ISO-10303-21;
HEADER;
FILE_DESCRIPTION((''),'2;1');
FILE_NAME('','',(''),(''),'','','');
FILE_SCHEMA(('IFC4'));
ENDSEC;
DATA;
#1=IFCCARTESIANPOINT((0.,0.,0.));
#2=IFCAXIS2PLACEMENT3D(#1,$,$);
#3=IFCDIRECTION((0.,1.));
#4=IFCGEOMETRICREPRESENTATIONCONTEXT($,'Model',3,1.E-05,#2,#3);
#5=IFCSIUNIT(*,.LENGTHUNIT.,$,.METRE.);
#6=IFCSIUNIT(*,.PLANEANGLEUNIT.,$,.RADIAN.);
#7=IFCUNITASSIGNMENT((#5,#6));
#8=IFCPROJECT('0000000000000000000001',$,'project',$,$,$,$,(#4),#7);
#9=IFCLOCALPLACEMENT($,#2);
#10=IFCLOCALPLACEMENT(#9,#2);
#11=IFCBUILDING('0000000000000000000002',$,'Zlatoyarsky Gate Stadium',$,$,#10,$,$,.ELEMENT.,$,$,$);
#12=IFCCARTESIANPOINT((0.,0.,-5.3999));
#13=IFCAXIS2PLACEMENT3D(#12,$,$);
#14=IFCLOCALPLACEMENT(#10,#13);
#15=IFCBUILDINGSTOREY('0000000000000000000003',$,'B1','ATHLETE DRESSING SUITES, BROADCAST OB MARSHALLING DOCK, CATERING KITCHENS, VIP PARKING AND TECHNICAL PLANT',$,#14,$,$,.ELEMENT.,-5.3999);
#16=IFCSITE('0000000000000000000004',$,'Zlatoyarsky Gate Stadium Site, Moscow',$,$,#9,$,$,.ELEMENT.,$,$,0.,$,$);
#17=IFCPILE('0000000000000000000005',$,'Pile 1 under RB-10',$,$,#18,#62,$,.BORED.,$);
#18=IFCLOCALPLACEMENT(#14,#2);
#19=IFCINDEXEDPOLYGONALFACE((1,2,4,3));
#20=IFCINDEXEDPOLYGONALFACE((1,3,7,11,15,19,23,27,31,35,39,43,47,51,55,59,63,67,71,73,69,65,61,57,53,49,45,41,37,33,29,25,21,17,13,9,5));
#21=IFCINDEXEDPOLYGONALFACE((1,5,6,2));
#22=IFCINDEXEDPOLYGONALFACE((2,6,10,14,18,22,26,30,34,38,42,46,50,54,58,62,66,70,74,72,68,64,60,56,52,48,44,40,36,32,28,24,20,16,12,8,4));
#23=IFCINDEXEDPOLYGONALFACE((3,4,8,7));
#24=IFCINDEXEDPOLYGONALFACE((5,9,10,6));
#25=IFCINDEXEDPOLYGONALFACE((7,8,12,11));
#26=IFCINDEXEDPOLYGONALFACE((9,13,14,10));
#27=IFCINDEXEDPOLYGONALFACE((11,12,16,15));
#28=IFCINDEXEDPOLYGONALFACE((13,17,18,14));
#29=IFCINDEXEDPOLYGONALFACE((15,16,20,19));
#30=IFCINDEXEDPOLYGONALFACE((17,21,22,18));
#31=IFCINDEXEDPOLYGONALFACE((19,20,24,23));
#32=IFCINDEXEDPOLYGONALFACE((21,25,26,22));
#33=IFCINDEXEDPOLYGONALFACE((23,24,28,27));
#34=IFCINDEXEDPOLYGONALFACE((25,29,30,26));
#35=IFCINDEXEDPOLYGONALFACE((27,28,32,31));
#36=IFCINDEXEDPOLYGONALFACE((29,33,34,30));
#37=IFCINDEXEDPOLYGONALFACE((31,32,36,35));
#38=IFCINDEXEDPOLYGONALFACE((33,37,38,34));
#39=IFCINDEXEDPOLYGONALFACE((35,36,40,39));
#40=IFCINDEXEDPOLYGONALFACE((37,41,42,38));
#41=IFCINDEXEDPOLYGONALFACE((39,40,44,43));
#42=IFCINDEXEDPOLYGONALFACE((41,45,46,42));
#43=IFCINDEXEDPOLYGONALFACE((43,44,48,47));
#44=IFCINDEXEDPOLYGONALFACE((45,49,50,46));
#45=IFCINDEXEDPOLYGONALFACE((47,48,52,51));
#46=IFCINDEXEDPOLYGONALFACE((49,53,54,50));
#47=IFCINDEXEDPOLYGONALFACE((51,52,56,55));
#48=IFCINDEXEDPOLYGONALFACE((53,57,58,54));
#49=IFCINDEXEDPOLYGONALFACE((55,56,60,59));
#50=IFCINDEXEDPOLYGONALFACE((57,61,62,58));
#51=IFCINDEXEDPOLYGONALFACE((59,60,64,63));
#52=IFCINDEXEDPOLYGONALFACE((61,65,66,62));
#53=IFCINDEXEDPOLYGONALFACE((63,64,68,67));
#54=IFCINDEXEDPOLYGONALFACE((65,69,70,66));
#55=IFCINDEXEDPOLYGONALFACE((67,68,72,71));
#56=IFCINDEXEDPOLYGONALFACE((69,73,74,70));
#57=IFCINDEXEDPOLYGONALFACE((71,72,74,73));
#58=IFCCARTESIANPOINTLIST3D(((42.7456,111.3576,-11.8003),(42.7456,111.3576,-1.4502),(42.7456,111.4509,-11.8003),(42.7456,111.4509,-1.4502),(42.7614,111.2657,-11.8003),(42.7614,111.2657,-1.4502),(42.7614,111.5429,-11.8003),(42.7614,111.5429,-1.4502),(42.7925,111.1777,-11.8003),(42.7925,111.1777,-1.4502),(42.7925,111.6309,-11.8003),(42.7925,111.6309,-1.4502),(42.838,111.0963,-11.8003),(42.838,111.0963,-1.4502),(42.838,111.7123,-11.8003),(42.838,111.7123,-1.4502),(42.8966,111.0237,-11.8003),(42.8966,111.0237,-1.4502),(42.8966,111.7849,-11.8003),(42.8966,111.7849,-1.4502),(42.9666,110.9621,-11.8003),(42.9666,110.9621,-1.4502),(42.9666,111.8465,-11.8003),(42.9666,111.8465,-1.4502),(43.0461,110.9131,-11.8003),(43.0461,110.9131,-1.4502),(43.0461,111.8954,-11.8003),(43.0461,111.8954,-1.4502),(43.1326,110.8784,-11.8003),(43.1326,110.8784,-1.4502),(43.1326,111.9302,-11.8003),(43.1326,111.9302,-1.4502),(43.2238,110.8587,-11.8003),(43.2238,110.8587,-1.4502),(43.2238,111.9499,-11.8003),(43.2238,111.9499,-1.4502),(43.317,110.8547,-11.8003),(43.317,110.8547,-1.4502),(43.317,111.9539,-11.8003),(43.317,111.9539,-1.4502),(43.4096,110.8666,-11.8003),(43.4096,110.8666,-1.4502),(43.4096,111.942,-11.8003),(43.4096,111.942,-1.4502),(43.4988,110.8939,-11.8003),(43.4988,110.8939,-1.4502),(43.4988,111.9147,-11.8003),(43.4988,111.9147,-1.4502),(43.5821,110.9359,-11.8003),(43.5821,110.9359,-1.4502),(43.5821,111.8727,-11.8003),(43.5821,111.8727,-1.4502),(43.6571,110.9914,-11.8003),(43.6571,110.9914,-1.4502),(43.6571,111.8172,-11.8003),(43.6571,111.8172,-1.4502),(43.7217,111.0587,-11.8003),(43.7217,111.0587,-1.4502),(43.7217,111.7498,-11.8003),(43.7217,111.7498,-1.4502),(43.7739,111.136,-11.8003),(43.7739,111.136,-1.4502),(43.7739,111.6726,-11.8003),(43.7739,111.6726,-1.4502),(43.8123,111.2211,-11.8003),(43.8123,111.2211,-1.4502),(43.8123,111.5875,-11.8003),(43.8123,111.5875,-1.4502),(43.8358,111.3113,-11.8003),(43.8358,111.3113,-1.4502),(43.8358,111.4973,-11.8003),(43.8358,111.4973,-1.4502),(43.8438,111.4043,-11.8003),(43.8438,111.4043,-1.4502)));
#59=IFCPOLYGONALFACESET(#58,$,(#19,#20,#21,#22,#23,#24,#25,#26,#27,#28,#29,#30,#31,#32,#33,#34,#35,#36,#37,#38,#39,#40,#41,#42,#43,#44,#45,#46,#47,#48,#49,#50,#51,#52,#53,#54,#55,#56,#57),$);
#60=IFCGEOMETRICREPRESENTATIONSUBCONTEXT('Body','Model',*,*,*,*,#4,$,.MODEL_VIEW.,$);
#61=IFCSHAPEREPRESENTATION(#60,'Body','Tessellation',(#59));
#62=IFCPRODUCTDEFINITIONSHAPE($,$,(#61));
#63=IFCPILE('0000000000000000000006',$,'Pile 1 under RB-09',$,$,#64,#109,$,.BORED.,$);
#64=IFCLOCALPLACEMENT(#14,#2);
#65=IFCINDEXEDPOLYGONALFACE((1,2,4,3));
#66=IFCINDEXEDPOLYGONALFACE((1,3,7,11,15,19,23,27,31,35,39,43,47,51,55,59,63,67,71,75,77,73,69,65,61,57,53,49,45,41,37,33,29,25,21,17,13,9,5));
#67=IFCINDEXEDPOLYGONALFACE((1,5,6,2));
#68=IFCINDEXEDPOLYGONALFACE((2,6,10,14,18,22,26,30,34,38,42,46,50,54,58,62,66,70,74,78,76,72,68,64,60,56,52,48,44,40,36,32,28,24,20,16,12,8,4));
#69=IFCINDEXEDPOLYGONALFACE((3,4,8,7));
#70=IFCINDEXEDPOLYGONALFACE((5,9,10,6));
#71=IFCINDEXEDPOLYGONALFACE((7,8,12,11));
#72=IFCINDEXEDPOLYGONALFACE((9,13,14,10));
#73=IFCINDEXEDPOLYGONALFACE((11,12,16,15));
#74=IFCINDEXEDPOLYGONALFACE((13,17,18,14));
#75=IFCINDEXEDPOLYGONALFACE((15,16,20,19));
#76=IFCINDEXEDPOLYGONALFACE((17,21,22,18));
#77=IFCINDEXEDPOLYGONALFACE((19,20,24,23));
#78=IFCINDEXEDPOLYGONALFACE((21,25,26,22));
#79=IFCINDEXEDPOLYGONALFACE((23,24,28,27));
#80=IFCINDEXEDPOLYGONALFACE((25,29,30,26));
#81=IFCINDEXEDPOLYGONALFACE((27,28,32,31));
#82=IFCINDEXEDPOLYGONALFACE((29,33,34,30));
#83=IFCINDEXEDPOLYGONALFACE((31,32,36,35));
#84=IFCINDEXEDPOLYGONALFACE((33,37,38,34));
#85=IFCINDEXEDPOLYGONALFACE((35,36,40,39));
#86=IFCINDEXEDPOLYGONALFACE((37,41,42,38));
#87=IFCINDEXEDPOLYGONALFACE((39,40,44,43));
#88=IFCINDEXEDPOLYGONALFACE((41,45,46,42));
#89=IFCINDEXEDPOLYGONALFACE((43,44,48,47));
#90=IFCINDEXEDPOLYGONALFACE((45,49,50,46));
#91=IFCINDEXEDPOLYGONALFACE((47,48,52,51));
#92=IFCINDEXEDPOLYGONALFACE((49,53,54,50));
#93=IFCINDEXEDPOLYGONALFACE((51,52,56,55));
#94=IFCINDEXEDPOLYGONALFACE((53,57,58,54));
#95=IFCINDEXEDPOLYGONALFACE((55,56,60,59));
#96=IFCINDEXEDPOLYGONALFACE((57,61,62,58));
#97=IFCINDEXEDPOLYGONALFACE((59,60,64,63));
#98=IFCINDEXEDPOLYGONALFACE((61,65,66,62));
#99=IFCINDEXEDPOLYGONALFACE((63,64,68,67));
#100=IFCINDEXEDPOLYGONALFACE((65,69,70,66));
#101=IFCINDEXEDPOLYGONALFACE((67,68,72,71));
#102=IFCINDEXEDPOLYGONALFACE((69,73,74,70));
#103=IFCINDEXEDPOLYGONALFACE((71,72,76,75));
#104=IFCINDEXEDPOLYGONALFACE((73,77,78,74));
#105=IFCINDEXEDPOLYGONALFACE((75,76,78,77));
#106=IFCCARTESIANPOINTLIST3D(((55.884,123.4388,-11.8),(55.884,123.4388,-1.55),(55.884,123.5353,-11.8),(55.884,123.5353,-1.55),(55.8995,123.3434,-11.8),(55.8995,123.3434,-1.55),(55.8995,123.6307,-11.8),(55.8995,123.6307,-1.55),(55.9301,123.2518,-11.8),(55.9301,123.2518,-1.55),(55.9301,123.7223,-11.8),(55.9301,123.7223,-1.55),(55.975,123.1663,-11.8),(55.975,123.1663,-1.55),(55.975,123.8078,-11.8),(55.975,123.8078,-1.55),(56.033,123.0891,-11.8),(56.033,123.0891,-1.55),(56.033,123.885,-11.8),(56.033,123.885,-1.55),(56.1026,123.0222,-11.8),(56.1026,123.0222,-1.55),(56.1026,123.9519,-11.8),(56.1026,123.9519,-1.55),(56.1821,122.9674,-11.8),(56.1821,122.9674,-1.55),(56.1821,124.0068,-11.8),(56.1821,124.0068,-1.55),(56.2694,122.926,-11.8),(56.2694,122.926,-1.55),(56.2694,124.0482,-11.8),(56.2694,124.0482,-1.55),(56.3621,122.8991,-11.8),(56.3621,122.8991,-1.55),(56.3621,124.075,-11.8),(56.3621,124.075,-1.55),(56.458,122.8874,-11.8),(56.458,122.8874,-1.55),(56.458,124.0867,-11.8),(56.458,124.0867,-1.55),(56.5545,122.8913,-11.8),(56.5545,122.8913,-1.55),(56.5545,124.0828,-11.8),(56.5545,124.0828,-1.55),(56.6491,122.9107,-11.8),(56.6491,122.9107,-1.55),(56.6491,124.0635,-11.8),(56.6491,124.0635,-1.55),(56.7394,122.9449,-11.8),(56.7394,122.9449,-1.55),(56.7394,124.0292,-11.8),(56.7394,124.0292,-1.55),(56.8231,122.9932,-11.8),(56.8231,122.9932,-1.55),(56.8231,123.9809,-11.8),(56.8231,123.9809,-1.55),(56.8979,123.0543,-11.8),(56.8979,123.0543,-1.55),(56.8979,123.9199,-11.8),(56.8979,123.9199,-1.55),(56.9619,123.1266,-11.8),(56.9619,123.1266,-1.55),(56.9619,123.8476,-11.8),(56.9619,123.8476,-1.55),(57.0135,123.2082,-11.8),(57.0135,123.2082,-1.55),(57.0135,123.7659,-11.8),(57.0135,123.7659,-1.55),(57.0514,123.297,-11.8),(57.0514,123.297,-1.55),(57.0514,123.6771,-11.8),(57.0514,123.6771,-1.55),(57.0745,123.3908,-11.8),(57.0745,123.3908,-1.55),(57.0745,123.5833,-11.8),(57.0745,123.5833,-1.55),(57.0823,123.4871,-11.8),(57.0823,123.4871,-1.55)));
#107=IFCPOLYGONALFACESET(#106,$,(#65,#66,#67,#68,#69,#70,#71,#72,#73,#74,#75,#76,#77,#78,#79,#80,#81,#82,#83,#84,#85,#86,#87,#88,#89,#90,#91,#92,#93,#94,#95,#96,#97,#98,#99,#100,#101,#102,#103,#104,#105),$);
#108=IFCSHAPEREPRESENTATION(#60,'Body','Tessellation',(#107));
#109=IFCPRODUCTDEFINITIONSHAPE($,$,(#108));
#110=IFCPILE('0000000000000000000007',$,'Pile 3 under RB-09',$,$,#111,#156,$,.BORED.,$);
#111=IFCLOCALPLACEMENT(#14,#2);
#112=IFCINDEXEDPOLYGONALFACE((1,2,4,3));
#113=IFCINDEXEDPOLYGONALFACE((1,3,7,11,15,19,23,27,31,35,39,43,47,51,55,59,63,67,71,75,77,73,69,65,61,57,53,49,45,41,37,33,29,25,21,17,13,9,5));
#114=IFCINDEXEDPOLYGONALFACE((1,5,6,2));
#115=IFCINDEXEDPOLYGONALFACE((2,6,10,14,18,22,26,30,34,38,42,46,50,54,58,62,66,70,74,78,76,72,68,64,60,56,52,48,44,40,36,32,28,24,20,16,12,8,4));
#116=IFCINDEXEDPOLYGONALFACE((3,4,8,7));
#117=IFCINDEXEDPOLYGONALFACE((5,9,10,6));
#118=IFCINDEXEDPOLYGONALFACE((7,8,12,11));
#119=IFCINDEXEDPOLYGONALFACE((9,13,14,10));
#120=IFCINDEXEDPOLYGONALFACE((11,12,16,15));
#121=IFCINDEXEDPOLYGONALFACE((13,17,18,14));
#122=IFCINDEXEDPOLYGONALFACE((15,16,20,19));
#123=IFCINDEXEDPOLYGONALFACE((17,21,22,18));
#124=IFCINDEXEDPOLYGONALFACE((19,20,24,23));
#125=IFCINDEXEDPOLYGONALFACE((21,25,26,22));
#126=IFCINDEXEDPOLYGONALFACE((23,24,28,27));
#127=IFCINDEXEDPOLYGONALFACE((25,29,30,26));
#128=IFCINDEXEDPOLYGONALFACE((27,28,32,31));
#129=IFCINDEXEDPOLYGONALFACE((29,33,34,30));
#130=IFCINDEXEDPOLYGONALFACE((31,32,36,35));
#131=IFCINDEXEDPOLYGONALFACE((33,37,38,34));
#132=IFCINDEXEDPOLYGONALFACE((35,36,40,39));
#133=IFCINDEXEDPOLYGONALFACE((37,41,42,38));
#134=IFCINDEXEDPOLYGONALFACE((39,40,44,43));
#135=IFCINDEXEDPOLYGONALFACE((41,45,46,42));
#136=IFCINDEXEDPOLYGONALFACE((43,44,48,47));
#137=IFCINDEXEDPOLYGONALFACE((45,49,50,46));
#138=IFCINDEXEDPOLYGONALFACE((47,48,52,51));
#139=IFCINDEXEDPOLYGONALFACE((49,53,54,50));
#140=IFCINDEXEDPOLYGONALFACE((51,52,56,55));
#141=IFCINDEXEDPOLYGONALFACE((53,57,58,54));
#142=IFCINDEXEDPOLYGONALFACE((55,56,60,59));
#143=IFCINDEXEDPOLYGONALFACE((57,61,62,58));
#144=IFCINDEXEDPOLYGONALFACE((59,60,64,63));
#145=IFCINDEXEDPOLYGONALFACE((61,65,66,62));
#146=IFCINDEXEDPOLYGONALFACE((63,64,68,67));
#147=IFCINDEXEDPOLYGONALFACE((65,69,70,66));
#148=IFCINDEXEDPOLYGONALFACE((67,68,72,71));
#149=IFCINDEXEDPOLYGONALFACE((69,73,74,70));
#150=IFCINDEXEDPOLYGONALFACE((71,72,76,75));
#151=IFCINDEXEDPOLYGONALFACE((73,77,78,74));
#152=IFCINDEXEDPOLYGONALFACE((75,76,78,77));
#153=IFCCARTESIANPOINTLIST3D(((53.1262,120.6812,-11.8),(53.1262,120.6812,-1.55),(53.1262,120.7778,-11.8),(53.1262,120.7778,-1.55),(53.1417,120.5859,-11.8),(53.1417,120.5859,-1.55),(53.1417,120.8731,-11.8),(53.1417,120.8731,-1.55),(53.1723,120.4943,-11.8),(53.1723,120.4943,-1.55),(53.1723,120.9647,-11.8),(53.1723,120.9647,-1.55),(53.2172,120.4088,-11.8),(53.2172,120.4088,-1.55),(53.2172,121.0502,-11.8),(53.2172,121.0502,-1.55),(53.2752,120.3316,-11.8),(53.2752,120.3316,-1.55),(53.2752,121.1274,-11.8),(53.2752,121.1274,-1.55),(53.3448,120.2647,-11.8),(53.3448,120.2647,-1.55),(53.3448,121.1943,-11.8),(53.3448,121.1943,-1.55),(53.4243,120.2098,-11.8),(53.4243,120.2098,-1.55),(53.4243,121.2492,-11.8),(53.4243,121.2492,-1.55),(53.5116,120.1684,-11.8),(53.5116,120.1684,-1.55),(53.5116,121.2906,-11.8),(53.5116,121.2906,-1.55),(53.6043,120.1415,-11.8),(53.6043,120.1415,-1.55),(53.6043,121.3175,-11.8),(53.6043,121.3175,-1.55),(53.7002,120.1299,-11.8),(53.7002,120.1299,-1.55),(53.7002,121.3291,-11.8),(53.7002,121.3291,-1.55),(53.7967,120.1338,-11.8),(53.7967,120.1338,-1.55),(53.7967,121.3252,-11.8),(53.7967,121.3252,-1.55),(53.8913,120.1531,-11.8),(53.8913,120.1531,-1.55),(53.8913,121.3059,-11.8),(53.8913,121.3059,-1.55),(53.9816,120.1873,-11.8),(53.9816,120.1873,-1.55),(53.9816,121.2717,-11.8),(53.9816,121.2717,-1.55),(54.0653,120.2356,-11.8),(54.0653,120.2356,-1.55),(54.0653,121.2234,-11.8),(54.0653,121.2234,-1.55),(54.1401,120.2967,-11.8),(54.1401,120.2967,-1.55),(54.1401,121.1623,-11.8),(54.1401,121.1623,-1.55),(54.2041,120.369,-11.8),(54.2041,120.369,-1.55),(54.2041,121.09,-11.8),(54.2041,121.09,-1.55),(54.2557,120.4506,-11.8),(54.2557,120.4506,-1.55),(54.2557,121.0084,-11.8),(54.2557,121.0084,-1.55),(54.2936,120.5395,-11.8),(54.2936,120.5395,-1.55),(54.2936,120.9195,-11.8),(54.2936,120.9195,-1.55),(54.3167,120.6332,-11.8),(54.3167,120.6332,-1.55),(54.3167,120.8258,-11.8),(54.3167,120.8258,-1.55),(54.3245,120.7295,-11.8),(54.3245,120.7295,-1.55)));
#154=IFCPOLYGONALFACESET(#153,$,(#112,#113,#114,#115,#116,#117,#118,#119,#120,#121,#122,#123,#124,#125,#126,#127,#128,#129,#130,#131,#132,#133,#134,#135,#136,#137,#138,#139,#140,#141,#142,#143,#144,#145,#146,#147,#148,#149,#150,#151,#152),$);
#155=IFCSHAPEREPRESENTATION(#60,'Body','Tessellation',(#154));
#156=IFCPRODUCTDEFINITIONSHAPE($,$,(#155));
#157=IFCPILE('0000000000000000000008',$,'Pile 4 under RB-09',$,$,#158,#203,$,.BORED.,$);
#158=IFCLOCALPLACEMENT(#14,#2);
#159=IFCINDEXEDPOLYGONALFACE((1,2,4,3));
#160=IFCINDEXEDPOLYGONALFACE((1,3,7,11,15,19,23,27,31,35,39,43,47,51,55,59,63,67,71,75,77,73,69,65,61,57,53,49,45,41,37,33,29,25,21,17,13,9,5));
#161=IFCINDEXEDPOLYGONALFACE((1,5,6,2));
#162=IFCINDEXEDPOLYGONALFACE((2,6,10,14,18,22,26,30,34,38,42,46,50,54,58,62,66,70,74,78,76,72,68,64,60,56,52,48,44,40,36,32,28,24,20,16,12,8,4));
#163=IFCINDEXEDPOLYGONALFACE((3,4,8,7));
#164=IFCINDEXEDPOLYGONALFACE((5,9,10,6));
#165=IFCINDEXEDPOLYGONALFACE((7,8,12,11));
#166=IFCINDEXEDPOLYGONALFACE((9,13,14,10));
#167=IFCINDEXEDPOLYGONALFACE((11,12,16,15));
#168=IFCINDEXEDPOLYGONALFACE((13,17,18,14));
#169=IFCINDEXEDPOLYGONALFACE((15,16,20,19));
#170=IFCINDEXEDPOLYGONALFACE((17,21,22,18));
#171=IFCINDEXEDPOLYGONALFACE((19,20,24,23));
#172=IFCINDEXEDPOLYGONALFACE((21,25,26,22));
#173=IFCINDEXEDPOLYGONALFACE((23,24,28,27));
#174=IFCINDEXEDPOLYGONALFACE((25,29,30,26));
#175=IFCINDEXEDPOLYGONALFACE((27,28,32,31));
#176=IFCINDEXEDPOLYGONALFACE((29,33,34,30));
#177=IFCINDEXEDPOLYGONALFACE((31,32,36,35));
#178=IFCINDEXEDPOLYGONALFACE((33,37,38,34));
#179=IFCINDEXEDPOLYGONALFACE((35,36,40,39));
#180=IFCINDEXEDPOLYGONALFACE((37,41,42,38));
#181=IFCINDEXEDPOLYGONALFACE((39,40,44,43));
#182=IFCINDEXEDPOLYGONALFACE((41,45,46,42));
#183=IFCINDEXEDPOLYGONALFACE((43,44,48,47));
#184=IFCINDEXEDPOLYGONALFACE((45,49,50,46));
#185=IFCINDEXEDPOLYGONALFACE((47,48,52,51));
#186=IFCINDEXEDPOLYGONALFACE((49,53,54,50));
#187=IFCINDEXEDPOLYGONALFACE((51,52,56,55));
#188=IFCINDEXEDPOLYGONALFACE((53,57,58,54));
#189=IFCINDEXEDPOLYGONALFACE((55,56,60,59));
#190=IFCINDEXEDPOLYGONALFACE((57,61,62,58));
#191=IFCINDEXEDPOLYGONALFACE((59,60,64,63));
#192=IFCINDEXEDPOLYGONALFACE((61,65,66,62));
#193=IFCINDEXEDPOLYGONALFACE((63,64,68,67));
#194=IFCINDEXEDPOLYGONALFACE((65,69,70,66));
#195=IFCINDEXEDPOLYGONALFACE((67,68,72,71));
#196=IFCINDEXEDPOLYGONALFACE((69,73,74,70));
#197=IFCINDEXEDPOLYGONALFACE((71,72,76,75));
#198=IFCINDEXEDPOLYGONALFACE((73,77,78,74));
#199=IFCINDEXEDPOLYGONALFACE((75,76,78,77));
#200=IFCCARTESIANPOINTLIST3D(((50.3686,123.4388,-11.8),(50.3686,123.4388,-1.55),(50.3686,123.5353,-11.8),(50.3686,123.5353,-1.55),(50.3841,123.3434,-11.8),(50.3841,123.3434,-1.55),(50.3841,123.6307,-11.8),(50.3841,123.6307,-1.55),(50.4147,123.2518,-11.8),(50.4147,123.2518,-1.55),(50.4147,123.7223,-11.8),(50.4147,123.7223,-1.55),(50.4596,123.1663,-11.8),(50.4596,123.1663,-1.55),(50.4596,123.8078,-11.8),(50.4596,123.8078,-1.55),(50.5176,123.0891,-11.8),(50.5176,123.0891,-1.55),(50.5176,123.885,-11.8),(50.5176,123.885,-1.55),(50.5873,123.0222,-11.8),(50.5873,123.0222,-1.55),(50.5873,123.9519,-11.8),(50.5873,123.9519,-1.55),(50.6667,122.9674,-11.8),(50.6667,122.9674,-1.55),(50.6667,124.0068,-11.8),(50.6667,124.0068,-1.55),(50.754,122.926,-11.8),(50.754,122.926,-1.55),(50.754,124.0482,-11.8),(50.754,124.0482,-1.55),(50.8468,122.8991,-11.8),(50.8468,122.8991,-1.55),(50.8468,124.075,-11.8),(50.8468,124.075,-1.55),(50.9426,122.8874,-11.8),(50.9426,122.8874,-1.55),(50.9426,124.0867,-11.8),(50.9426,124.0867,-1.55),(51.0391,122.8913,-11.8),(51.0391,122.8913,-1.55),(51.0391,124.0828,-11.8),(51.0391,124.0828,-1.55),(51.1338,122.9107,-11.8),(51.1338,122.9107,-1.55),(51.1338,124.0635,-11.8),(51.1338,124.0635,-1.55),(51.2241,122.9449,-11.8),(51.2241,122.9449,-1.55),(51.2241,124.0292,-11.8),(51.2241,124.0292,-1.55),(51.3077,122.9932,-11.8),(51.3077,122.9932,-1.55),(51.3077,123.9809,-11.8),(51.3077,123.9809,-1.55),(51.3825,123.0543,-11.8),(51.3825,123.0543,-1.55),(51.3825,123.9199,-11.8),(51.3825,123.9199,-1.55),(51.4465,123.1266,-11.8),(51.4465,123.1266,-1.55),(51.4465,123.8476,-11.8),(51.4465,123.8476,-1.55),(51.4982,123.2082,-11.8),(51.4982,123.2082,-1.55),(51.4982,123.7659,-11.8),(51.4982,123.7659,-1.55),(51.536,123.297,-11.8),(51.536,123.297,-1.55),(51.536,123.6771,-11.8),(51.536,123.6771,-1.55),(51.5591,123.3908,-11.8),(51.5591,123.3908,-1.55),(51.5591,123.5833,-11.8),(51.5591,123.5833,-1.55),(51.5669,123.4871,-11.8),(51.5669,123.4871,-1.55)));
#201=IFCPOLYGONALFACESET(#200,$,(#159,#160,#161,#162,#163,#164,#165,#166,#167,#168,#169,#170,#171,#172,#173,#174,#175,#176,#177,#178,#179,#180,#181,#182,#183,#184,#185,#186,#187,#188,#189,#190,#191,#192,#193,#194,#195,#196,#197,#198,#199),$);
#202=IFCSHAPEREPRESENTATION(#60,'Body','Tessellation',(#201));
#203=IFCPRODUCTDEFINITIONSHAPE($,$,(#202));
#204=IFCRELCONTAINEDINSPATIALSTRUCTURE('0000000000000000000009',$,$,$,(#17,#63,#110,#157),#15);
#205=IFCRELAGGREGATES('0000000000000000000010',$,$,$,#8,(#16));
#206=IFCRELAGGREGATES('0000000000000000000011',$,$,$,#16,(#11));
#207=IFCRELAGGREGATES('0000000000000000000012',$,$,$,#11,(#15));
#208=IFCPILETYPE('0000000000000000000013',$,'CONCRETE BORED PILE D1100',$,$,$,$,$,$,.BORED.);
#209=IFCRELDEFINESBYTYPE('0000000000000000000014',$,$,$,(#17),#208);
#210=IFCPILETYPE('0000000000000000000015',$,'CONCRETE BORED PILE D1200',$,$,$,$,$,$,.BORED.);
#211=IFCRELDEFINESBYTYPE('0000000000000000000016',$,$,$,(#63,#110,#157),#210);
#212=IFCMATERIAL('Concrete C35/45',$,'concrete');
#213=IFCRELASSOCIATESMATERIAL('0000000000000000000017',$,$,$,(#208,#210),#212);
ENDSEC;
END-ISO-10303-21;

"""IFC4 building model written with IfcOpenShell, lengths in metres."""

from ifc_helpers import new_model, si_unit, direction, frame, origin, origin_2d, place, context, subcontext, project, spatial, circle, extrude, material, material_profile, profile_set, type_object, element, save


model = new_model("IFC4")

# Units and contexts
model_context = context("Model", 3, precision=1e-05, world=origin(), true_north=direction((0.0, 1.0)))
body_context = subcontext(model_context, "Body", "Model", "MODEL_VIEW")
ifc_project = project(units=[si_unit("LENGTHUNIT", "METRE"), si_unit("PLANEANGLEUNIT", "RADIAN")], contexts=[model_context])

# Site, building, storey
site_placement = place(None, origin())
site = spatial("IfcSite", under=ifc_project, at=site_placement, Name="Zlatoyarsky Gate Stadium Site, Moscow", CompositionType="ELEMENT", RefElevation=0.0)
building_placement = place(site_placement, origin())
building = spatial("IfcBuilding", under=site, at=building_placement, Name="Zlatoyarsky Gate Stadium", CompositionType="ELEMENT")
storey_placement = place(building_placement, frame((0.0, 0.0, -5.3999)))
storey = spatial("IfcBuildingStorey", under=building, at=storey_placement, Name="B1", Description="ATHLETE DRESSING SUITES, BROADCAST OB MARSHALLING DOCK, CATERING KITCHENS, VIP PARKING AND TECHNICAL PLANT", CompositionType="ELEMENT", Elevation=-5.3999)

# Piles
ifc_material_1 = material(Name="Concrete C35/45", Category="concrete")
ifc_material_profile_1 = material_profile(ifc_material_1, circle(Radius=0.55, at=origin_2d()), Name="BORED PILE D1100")
ifc_profile_set_1 = profile_set([ifc_material_profile_1], Name="Concrete C35/45")
pile_type_1 = type_object("IfcPileType", Name="CONCRETE BORED PILE D1100", PredefinedType="BORED", material=ifc_profile_set_1)
pile_placement = place(storey_placement, frame((43.2937, 111.4043, -1.4502), z_axis=(0.0, 0.0, -1.0), x_axis=(1.0, 0.0, 0.0)))
element("IfcPile", 1, at=pile_placement, inside=storey, type_object=pile_type_1, Name="Pile 1 under RB-10", PredefinedType="BORED", context=body_context, shape_type="SweptSolid", body=[
    extrude(circle(Radius=0.55, at=origin_2d()), origin(), (0.0, 0.0, 1.0), 10.3501),
])
ifc_material_profile_2 = material_profile(ifc_material_1, circle(Radius=0.6001, at=origin_2d()), Name="BORED PILE D1200")
ifc_profile_set_2 = profile_set([ifc_material_profile_2], Name="Concrete C35/45")
pile_type_2 = type_object("IfcPileType", Name="CONCRETE BORED PILE D1200", PredefinedType="BORED", material=ifc_profile_set_2)
for number, where, z_axis, x_axis, name in (
    (2, (56.4822, 123.4871, -1.55), (0.0, 0.0, -1.0), (1.0, 0.0, 0.0), "Pile 1 under RB-09"),
    (3, (53.7244, 120.7295, -1.55), (0.0, 0.0, -1.0), (1.0, 0.0, 0.0), "Pile 3 under RB-09"),
    (4, (50.9668, 123.4871, -1.55), (0.0, 0.0, -1.0), (1.0, 0.0, 0.0), "Pile 4 under RB-09"),
):
    element("IfcPile", number, at=place(storey_placement, frame(where, z_axis=z_axis, x_axis=x_axis)), inside=storey, type_object=pile_type_2, Name=name, PredefinedType="BORED", context=body_context, shape_type="SweptSolid", body=[
        extrude(circle(Radius=0.6001, at=origin_2d()), origin(), (0.0, 0.0, 1.0), 10.25),
    ])

save(model, "model.ifc")
